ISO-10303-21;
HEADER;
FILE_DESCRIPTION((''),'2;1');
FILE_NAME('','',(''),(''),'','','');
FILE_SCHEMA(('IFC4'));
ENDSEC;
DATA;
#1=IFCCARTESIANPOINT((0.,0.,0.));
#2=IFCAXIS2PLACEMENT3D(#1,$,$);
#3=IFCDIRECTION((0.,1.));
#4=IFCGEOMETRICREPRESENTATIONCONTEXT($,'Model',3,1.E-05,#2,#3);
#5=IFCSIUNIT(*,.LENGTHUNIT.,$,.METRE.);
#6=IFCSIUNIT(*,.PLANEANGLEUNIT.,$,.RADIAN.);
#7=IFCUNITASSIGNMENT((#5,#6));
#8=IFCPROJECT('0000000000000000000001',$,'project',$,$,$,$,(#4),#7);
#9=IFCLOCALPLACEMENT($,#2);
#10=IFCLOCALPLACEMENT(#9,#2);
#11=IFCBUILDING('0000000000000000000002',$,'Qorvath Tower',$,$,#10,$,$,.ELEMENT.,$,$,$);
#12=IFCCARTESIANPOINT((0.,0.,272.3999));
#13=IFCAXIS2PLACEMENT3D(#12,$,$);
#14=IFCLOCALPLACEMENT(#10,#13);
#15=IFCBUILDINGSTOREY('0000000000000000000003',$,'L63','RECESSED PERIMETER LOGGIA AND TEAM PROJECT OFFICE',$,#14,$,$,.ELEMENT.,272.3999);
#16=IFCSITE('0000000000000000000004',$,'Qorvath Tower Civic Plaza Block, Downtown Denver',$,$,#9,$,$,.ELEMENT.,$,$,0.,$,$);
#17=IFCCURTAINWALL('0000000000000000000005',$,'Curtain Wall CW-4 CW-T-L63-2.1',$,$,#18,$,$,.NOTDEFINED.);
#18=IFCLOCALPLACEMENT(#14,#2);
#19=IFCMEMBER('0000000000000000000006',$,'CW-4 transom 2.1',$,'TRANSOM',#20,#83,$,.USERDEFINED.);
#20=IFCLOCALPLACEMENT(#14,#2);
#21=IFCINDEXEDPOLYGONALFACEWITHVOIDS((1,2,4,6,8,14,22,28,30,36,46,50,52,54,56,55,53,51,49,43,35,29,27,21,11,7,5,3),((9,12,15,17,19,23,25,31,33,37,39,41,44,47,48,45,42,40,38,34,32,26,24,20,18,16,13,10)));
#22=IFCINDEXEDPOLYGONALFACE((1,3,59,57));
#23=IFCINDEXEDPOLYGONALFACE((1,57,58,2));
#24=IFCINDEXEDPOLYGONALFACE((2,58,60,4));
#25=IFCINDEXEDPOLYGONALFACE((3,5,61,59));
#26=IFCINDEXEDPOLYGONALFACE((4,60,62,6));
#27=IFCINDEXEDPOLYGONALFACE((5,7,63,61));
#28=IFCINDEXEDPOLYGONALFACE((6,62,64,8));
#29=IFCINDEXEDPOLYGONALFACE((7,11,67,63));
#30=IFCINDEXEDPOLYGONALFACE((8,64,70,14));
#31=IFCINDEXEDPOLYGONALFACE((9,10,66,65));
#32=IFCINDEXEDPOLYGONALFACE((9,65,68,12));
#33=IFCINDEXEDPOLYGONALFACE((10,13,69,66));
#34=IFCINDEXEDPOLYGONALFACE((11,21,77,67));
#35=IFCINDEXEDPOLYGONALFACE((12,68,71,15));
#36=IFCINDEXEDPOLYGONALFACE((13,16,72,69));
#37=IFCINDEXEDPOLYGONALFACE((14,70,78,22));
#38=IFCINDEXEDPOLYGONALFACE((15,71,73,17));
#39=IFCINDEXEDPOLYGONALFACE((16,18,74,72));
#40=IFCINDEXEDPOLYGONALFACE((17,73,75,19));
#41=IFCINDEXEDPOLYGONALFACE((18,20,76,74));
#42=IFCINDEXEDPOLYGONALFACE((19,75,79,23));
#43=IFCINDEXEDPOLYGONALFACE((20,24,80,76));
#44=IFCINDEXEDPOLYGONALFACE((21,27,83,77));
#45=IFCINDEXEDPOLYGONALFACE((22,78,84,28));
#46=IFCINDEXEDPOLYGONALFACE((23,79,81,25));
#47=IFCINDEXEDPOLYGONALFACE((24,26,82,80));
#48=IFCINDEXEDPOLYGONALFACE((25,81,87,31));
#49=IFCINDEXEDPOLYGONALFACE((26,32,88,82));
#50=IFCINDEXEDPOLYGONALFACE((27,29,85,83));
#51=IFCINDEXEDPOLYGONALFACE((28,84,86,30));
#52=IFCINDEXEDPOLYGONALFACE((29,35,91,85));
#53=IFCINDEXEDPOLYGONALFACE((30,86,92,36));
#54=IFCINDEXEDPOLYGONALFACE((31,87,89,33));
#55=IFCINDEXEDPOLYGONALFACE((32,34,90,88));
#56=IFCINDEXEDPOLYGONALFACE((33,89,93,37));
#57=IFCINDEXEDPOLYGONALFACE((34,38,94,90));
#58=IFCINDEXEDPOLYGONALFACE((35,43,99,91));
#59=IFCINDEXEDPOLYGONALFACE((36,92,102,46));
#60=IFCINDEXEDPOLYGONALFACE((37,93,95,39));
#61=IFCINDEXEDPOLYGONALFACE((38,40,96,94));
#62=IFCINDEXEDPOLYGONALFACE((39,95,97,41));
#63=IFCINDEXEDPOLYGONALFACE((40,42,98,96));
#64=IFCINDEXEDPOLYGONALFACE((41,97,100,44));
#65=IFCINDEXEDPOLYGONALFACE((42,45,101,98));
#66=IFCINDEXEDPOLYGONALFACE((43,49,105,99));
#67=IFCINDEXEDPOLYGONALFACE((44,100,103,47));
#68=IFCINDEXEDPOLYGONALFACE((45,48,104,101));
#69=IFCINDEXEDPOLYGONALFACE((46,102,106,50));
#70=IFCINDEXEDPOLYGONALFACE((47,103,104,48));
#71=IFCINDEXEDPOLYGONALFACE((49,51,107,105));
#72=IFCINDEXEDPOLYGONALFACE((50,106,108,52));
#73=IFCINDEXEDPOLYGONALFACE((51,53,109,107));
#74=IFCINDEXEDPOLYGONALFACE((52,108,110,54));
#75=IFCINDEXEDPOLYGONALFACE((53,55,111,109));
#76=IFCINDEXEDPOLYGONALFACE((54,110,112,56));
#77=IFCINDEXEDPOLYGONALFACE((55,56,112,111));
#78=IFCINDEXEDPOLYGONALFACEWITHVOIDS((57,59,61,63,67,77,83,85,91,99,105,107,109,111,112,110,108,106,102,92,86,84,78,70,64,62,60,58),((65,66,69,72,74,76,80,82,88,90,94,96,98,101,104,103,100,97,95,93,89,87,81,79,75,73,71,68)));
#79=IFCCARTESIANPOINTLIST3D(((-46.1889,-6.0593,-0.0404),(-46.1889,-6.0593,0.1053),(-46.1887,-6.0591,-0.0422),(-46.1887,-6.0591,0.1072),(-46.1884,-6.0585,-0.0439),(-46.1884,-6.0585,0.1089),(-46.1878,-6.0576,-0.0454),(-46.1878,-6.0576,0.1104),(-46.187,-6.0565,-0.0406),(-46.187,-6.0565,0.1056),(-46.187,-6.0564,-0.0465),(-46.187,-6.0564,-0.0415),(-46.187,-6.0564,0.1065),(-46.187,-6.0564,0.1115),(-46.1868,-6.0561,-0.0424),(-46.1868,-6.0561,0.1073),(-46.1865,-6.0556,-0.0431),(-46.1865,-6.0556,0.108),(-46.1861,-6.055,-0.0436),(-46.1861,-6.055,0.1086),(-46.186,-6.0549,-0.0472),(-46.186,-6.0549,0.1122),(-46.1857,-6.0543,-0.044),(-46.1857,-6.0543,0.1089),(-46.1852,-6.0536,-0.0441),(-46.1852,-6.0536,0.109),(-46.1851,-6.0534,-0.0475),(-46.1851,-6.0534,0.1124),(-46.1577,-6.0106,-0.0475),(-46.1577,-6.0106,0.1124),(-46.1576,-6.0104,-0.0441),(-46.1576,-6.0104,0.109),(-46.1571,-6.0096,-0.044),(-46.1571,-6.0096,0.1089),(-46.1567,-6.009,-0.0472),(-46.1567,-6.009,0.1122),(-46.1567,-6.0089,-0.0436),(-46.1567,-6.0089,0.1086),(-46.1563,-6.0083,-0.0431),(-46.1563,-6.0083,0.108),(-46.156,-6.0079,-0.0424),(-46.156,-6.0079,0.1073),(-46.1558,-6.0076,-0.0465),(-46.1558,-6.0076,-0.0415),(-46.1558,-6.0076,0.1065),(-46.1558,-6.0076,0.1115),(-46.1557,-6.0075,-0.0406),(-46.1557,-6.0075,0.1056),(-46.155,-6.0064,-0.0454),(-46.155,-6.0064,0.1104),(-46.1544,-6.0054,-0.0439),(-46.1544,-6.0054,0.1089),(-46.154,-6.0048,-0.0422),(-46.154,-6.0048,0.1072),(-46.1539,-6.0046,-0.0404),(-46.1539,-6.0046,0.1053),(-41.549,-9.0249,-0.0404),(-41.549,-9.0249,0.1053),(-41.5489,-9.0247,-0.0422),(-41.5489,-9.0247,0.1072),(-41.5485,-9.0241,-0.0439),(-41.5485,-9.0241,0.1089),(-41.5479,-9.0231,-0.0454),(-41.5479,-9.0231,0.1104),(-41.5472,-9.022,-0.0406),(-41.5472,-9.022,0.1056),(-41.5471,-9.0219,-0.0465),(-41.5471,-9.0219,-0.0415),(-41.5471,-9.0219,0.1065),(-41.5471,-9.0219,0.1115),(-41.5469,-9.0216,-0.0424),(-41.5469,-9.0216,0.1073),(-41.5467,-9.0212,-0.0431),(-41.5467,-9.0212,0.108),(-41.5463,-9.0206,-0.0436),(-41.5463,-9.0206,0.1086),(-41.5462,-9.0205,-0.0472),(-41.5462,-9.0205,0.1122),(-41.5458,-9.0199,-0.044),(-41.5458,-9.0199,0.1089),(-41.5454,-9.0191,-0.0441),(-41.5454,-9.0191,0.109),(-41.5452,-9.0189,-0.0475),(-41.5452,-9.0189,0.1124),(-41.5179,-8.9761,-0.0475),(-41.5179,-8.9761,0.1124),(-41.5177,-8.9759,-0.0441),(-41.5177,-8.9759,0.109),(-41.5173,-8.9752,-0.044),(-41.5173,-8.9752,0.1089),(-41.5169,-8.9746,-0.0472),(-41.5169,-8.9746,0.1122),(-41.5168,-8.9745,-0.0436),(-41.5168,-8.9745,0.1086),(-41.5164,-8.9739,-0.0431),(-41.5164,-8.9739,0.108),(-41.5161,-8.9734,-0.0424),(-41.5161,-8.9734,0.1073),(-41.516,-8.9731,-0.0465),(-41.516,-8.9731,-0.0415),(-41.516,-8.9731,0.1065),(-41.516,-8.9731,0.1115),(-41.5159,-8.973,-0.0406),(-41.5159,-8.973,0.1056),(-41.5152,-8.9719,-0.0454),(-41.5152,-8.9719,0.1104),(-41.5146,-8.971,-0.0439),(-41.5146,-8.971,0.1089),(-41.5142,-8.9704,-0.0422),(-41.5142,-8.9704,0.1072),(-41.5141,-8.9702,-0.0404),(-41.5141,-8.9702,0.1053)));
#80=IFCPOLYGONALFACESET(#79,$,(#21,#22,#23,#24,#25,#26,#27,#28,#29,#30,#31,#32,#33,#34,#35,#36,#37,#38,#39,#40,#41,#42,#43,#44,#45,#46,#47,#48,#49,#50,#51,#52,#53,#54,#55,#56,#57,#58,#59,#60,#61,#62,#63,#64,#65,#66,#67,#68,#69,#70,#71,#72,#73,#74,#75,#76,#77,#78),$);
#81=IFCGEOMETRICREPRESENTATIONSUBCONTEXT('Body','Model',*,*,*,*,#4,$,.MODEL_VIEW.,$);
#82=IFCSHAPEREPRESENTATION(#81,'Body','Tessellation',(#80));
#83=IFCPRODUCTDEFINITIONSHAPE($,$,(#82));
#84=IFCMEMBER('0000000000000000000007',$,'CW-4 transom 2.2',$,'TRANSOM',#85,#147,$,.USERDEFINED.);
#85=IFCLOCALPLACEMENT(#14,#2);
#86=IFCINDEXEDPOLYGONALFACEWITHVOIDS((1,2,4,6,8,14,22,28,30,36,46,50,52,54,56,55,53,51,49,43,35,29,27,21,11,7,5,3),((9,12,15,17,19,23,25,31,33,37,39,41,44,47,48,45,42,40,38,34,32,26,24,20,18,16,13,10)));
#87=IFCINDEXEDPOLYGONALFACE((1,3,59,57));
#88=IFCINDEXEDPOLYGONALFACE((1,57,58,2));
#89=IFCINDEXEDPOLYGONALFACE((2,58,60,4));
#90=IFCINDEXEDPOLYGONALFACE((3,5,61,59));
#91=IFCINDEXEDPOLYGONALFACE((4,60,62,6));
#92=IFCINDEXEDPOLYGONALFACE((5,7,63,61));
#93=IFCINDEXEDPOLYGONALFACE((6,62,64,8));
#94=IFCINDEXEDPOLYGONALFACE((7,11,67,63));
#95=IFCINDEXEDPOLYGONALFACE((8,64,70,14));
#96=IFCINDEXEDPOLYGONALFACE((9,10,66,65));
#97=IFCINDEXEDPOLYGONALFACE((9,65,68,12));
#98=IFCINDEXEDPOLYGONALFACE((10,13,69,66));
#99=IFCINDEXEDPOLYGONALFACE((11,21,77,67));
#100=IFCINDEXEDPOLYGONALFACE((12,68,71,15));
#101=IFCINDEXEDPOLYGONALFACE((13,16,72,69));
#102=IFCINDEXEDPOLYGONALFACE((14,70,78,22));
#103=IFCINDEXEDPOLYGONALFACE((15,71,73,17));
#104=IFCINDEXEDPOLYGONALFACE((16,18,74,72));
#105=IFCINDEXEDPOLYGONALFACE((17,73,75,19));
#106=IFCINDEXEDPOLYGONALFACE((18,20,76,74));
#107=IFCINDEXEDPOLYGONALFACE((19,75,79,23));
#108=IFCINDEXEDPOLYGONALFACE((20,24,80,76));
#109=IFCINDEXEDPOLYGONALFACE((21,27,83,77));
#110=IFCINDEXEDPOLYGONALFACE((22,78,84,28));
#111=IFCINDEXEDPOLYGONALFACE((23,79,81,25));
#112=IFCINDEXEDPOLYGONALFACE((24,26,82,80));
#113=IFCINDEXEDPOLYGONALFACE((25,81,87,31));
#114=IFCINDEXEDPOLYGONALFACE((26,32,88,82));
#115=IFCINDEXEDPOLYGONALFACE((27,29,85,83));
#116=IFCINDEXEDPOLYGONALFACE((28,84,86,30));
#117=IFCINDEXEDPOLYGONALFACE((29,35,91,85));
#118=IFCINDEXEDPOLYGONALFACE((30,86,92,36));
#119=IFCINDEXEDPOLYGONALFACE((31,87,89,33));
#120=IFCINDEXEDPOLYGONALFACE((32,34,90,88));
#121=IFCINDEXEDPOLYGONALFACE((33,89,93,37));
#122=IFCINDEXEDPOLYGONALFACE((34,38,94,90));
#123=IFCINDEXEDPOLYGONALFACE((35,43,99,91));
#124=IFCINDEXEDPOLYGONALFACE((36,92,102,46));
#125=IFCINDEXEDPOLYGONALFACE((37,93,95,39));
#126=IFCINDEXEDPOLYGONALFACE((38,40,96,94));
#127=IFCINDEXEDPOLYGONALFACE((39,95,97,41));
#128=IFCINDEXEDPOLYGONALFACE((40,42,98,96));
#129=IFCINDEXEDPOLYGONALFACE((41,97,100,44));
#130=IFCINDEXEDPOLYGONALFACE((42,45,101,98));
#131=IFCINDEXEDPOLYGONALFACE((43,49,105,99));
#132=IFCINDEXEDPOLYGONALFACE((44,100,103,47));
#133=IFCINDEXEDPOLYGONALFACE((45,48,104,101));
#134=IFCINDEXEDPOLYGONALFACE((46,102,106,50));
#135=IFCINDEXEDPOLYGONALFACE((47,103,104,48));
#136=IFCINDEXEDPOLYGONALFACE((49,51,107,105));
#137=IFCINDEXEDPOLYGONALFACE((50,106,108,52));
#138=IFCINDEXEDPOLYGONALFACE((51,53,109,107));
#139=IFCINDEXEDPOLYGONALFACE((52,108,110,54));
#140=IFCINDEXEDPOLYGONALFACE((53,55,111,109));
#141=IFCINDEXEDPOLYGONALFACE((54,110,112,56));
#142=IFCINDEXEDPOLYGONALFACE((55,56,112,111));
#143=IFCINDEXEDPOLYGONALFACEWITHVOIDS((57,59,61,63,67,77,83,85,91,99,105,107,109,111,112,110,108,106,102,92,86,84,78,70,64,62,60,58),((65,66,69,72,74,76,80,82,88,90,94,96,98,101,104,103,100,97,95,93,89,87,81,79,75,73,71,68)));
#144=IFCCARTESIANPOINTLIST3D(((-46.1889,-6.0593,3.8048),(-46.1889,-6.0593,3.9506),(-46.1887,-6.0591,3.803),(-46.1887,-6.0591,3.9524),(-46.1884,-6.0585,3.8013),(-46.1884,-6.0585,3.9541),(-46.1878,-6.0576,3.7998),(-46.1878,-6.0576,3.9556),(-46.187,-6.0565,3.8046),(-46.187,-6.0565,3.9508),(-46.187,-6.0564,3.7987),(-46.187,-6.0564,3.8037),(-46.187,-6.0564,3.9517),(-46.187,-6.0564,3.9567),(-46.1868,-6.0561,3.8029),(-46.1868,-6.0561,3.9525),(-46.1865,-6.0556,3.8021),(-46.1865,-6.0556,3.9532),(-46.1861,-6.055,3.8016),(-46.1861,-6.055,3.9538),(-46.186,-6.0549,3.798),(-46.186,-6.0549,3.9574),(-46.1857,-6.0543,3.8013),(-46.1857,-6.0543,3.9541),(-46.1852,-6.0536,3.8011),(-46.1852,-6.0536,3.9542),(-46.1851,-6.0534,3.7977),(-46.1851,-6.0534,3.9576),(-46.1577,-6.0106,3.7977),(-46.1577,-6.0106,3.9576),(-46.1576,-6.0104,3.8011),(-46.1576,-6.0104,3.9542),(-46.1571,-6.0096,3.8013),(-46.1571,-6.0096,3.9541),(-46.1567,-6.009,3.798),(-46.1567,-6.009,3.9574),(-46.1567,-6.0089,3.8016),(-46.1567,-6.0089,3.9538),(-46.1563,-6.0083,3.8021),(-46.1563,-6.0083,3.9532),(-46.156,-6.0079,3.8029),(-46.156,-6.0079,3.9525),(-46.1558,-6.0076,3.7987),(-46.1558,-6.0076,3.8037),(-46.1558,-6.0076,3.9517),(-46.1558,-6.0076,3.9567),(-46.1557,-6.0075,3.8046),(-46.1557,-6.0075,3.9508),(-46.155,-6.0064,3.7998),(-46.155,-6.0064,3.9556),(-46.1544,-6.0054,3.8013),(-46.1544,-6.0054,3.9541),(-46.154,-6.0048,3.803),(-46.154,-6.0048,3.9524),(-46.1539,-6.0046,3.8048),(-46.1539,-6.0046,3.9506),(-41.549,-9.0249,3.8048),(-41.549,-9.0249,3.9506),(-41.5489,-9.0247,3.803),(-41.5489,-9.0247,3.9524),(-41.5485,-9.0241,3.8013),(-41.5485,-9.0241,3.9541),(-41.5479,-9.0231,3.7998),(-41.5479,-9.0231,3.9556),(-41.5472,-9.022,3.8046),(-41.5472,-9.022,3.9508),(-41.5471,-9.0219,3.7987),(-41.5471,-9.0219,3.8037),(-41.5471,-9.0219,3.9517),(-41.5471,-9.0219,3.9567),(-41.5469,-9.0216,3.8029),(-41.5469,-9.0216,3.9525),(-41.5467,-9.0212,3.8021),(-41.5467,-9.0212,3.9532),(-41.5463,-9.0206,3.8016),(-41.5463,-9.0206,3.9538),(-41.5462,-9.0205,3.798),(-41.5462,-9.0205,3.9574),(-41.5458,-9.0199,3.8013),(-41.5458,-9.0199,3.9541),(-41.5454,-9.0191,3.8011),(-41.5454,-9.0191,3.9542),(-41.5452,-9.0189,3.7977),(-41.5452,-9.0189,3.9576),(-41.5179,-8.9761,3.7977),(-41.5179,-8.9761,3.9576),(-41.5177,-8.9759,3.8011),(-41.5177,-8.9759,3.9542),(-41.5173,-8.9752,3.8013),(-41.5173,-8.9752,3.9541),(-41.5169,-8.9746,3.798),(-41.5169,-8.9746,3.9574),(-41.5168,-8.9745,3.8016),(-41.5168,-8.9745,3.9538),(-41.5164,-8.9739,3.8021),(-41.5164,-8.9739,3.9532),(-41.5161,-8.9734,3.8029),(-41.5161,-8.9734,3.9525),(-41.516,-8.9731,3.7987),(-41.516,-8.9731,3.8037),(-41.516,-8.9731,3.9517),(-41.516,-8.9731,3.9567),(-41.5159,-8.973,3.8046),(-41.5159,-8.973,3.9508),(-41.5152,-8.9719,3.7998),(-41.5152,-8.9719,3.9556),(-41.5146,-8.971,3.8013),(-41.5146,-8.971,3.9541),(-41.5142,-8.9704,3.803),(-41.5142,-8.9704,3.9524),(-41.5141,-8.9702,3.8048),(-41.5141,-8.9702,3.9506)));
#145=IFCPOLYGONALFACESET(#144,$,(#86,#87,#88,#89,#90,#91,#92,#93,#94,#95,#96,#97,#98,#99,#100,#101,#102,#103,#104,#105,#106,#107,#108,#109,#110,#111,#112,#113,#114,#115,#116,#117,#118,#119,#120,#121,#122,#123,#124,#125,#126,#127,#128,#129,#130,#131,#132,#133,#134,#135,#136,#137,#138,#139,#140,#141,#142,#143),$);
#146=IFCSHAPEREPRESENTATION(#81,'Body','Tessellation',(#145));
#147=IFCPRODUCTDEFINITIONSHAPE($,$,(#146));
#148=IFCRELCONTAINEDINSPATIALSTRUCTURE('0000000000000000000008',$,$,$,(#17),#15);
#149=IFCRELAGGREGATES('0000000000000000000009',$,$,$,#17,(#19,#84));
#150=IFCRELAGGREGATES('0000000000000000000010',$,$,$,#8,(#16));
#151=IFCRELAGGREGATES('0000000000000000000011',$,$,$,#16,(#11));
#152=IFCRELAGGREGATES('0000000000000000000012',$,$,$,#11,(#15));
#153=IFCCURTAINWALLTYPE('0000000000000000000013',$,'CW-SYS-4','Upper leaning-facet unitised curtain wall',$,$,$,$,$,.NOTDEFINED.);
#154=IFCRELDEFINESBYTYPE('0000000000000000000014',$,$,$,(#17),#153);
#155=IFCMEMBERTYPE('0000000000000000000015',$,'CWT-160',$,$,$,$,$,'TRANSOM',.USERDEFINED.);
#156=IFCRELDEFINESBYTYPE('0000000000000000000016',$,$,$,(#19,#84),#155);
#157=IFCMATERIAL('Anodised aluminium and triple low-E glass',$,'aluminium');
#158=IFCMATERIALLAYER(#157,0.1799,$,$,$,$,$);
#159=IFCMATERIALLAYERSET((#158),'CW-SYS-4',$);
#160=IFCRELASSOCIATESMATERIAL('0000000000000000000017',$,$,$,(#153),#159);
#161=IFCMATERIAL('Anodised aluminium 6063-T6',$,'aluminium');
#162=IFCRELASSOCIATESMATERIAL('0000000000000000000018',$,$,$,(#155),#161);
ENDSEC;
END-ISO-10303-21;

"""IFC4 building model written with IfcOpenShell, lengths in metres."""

from ifc_helpers import new_model, si_unit, direction, frame, origin, origin_2d, place, context, subcontext, project, spatial, hollow_rectangle, extrude, material, layer, layer_set, material_profile, profile_set, type_object, element, aggregate, save


model = new_model("IFC4")

# Units and contexts
model_context = context("Model", 3, precision=1e-05, world=origin(), true_north=direction((0.0, 1.0)))
body_context = subcontext(model_context, "Body", "Model", "MODEL_VIEW")
ifc_project = project(units=[si_unit("LENGTHUNIT", "METRE"), si_unit("PLANEANGLEUNIT", "RADIAN")], contexts=[model_context])

# Site, building, storey
site_placement = place(None, origin())
site = spatial("IfcSite", under=ifc_project, at=site_placement, Name="Qorvath Tower Civic Plaza Block, Downtown Denver", CompositionType="ELEMENT", RefElevation=0.0)
building_placement = place(site_placement, origin())
building = spatial("IfcBuilding", under=site, at=building_placement, Name="Qorvath Tower", CompositionType="ELEMENT")
storey_placement = place(building_placement, frame((0.0, 0.0, 272.3999)))
storey = spatial("IfcBuildingStorey", under=building, at=storey_placement, Name="L63", Description="RECESSED PERIMETER LOGGIA AND TEAM PROJECT OFFICE", CompositionType="ELEMENT", Elevation=272.3999)

# Curtain wall, members
ifc_material_1 = material(Name="Anodised aluminium and triple low-E glass", Category="aluminium")
ifc_layer_1 = layer(ifc_material_1, 0.1799)
ifc_layer_set_1 = layer_set([ifc_layer_1], Name="CW-SYS-4")
curtain_wall_type = type_object("IfcCurtainWallType", Name="CW-SYS-4", Description="Upper leaning-facet unitised curtain wall", PredefinedType="NOTDEFINED", material=ifc_layer_set_1)
curtain_wall_placement = place(storey_placement, origin())
curtain_wall = element("IfcCurtainWall", 1, at=curtain_wall_placement, inside=storey, type_object=curtain_wall_type, Name="Curtain Wall CW-4 CW-T-L63-2.1", PredefinedType="NOTDEFINED")
ifc_material_2 = material(Name="Anodised aluminium 6063-T6", Category="aluminium")
ifc_material_profile_1 = material_profile(ifc_material_2, hollow_rectangle(XDim=0.0649, YDim=0.1599, WallThickness=0.0034, InnerFilletRadius=0.0034, OuterFilletRadius=0.0071, at=origin_2d()), Name="CWT 160x65")
ifc_profile_set_1 = profile_set([ifc_material_profile_1], Name="Anodised aluminium 6063-T6")
member_type_1 = type_object("IfcMemberType", Name="CWT-160", ElementType="TRANSOM", PredefinedType="USERDEFINED", material=ifc_profile_set_1)
member_1_placement = place(storey_placement, frame((-46.1714, -6.032, 0.0325), z_axis=(0.842597, -0.538544, 0.0), x_axis=(0.538544, 0.842597, 0.0)))
member_1 = element("IfcMember", 2, at=member_1_placement, type_object=member_type_1, Name="CW-4 transom 2.1", ObjectType="TRANSOM", PredefinedType="USERDEFINED", context=body_context, shape_type="SweptSolid", body=[
    extrude(hollow_rectangle(XDim=0.0649, YDim=0.1599, WallThickness=0.0034, InnerFilletRadius=0.0034, OuterFilletRadius=0.0071, at=origin_2d()), origin(), (0.0, 0.0, 1.0), 5.5066),
])
member_2_placement = place(storey_placement, frame((-46.1714, -6.032, 3.8777), z_axis=(0.842597, -0.538544, 0.0), x_axis=(0.538544, 0.842597, 0.0)))
member_2 = element("IfcMember", 3, at=member_2_placement, type_object=member_type_1, Name="CW-4 transom 2.2", ObjectType="TRANSOM", PredefinedType="USERDEFINED", context=body_context, shape_type="SweptSolid", body=[
    extrude(hollow_rectangle(XDim=0.0649, YDim=0.1599, WallThickness=0.0034, InnerFilletRadius=0.0034, OuterFilletRadius=0.0071, at=origin_2d()), origin(), (0.0, 0.0, 1.0), 5.5066),
])
aggregate(curtain_wall, [member_1, member_2])

save(model, "model.ifc")
